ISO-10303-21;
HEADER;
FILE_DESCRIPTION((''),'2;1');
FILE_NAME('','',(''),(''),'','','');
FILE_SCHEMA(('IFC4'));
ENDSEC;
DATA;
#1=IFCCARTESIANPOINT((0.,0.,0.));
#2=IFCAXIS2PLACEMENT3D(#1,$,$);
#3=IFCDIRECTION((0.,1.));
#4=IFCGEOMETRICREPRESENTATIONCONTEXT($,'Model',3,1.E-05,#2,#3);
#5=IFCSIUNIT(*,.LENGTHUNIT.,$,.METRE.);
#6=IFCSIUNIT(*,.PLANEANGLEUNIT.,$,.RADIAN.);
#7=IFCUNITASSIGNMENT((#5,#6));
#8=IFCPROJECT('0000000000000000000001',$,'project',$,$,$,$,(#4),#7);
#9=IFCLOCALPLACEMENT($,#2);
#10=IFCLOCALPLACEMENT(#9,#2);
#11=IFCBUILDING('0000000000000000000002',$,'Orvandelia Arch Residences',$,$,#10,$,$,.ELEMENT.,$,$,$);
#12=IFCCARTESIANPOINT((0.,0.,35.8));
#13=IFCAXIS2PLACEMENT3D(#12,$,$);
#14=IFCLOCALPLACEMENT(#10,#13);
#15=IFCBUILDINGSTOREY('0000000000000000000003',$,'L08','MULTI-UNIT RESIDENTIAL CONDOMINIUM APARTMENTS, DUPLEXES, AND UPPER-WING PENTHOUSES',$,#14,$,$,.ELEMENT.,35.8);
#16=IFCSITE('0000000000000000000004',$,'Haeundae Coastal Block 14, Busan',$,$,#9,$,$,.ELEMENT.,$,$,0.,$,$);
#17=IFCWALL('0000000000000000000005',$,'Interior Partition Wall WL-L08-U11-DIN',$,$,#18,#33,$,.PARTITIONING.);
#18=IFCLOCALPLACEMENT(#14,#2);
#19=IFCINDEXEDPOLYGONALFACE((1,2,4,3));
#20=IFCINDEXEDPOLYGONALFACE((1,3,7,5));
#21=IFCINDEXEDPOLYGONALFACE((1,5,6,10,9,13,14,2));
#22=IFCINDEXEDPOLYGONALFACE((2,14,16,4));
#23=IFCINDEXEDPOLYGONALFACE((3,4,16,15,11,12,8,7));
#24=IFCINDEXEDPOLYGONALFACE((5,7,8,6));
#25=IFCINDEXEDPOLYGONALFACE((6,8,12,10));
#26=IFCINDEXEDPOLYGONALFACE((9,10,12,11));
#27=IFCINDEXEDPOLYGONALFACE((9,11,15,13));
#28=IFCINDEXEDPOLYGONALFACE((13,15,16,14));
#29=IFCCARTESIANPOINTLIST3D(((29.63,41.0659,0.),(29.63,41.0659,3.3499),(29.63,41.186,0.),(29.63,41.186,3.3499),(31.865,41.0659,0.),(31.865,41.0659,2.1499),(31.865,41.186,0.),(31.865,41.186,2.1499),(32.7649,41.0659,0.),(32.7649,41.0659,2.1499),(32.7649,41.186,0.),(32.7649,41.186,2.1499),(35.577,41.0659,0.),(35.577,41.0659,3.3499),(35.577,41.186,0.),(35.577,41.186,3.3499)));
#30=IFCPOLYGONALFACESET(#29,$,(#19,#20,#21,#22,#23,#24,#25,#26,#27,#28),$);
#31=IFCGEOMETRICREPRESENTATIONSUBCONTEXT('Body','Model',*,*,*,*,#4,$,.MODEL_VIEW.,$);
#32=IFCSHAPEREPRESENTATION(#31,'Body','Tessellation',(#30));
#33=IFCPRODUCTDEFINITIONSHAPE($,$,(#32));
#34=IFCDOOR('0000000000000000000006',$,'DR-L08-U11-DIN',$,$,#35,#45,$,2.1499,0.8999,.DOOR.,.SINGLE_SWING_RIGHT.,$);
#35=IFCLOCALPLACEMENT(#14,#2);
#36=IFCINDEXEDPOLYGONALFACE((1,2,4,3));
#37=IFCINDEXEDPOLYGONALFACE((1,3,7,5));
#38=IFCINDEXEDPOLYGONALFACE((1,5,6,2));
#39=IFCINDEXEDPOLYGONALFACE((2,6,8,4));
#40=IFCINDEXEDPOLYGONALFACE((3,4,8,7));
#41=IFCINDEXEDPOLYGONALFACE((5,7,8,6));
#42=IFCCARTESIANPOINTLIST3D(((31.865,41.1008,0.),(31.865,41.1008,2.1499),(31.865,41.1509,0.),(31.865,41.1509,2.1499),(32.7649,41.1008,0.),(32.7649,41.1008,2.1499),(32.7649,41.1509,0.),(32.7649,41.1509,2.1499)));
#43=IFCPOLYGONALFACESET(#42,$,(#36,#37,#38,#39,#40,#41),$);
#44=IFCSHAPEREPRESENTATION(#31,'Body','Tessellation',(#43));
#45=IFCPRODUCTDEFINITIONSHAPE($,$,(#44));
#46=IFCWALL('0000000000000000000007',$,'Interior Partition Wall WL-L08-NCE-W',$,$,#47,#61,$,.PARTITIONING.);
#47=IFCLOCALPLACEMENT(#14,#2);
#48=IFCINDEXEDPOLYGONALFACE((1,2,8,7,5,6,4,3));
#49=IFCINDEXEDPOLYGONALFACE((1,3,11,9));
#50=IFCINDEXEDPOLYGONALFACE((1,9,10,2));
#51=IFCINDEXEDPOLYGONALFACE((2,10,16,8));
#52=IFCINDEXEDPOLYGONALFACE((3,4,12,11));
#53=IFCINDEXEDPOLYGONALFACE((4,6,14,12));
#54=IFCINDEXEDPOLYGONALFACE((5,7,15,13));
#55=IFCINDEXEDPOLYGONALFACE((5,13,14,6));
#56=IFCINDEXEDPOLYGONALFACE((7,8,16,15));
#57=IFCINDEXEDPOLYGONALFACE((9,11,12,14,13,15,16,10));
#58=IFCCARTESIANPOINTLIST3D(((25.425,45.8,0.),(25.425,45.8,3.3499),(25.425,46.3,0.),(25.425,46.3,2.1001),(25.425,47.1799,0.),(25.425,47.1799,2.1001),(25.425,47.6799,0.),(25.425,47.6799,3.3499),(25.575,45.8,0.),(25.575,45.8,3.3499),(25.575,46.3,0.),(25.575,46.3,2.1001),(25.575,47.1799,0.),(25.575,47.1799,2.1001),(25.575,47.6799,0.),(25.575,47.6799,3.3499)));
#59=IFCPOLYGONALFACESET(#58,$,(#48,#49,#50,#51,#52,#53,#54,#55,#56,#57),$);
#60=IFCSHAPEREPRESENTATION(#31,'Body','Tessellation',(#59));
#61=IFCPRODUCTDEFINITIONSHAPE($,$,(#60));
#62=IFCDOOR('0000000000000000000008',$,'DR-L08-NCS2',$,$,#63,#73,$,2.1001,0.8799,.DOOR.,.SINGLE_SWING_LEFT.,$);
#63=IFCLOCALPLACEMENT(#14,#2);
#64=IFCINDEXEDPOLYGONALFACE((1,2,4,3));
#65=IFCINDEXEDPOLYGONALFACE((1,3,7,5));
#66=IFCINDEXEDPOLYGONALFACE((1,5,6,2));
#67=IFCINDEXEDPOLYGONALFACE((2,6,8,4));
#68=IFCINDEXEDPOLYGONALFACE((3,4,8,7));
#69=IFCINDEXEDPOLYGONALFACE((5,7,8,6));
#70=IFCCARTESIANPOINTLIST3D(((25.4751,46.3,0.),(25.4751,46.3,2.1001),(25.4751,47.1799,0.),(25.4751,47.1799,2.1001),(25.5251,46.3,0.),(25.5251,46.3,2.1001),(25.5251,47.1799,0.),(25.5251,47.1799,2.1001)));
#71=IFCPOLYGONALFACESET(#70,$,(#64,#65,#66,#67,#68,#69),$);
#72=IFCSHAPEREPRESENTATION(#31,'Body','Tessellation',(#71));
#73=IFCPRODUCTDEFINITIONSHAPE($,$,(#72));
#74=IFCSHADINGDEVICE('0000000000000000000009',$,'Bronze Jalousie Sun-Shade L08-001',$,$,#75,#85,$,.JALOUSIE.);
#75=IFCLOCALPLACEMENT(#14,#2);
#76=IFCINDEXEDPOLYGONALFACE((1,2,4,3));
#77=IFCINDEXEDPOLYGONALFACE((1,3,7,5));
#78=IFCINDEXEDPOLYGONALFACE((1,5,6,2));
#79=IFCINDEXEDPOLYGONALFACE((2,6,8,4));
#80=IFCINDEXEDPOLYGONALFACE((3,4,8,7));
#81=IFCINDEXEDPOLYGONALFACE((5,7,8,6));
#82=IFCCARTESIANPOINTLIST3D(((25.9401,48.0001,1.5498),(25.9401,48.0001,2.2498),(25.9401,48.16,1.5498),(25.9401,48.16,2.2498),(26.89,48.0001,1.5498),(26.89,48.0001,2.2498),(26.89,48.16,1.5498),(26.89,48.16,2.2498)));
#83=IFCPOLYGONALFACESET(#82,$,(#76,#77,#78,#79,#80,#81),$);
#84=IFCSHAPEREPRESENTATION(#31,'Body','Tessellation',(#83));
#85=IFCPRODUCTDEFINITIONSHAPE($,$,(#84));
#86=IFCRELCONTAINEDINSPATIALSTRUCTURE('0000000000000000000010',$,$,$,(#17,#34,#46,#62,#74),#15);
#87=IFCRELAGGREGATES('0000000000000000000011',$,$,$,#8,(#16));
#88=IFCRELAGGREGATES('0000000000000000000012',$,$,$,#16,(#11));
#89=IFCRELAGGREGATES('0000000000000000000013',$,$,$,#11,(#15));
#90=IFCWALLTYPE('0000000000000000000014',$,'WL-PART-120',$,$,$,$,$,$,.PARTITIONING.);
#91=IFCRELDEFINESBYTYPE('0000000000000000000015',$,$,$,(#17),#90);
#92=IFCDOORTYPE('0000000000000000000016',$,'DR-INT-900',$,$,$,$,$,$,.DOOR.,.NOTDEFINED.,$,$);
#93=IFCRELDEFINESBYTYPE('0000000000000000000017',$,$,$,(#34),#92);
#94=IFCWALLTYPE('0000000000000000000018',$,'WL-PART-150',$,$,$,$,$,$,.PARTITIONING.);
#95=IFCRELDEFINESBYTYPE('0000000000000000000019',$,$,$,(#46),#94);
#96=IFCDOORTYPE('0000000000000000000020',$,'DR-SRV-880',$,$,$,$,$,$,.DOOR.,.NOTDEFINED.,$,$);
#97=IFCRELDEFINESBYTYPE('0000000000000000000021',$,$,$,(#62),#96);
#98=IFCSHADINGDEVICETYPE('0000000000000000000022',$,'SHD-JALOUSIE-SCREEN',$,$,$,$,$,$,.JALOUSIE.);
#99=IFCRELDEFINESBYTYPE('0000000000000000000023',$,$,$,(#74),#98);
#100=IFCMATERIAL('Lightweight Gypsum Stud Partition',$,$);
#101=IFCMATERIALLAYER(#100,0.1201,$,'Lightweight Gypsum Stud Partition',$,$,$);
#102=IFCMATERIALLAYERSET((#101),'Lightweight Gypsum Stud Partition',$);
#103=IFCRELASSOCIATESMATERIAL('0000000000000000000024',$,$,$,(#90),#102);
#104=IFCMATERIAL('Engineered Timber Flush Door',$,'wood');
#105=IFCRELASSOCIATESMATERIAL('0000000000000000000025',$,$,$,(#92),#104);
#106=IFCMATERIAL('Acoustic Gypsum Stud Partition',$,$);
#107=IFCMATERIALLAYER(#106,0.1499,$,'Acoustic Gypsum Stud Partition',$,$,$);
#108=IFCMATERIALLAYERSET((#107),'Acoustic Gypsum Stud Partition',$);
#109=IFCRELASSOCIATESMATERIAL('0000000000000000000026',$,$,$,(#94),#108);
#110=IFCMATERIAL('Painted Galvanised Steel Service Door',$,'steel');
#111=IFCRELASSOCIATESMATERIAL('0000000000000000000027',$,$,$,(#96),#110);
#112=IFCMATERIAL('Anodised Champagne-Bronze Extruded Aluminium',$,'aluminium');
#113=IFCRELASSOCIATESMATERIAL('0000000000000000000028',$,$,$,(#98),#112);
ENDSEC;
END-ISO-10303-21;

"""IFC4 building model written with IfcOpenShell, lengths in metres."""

from ifc_helpers import new_model, si_unit, direction, frame, frame_2d, origin, origin_2d, place, context, subcontext, project, spatial, rectangle, extrude, material, layer, layer_set, type_object, element, fill, save


model = new_model("IFC4")

# Units and contexts
model_context = context("Model", 3, precision=1e-05, world=origin(), true_north=direction((0.0, 1.0)))
body_context = subcontext(model_context, "Body", "Model", "MODEL_VIEW")
ifc_project = project(units=[si_unit("LENGTHUNIT", "METRE"), si_unit("PLANEANGLEUNIT", "RADIAN")], contexts=[model_context])

# Site, building, storey
site_placement = place(None, origin())
site = spatial("IfcSite", under=ifc_project, at=site_placement, Name="Haeundae Coastal Block 14, Busan", CompositionType="ELEMENT", RefElevation=0.0)
building_placement = place(site_placement, origin())
building = spatial("IfcBuilding", under=site, at=building_placement, Name="Orvandelia Arch Residences", CompositionType="ELEMENT")
storey_placement = place(building_placement, frame((0.0, 0.0, 35.8)))
storey = spatial("IfcBuildingStorey", under=building, at=storey_placement, Name="L08", Description="MULTI-UNIT RESIDENTIAL CONDOMINIUM APARTMENTS, DUPLEXES, AND UPPER-WING PENTHOUSES", CompositionType="ELEMENT", Elevation=35.8)

# Walls, openings, doors
ifc_material_1 = material(Name="Lightweight Gypsum Stud Partition")
ifc_layer_1 = layer(ifc_material_1, 0.1201, Name="Lightweight Gypsum Stud Partition")
ifc_layer_set_1 = layer_set([ifc_layer_1], Name="Lightweight Gypsum Stud Partition")
wall_type_1 = type_object("IfcWallType", Name="WL-PART-120", PredefinedType="PARTITIONING", material=ifc_layer_set_1)
wall_1_placement = place(storey_placement, frame((29.6299, 41.126, 0.0), z_axis=(0.0, 0.0, 1.0), x_axis=(1.0, 0.0, 0.0)))
wall_1 = element("IfcWall", 1, at=wall_1_placement, inside=storey, type_object=wall_type_1, Name="Interior Partition Wall WL-L08-U11-DIN", PredefinedType="PARTITIONING", context=body_context, shape_type="SweptSolid", body=[
    extrude(rectangle(XDim=5.947, YDim=0.1201, at=frame_2d((2.9736, 0.0))), origin(), (0.0, 0.0, 1.0), 3.3499),
])
opening_1_placement = place(wall_1_placement, frame((2.2351, 0.0, 0.0)))
opening_1 = element("IfcOpeningElement", 2, at=opening_1_placement, cuts=wall_1, PredefinedType="OPENING", context=body_context, shape_type="SweptSolid", body=[
    extrude(rectangle(XDim=0.8999, YDim=2.1499, at=frame_2d((0.45, 1.075))), frame((0.0, 0.0701, 0.0), z_axis=(0.0, -1.0, 0.0), x_axis=(1.0, 0.0, 0.0)), (0.0, 0.0, 1.0), 0.1401),
])
ifc_material_2 = material(Name="Engineered Timber Flush Door", Category="wood")
door_type_1 = type_object("IfcDoorType", Name="DR-INT-900", OperationType="NOTDEFINED", PredefinedType="DOOR", material=ifc_material_2)
door_1_placement = place(opening_1_placement, origin())
door_1 = element("IfcDoor", 3, at=door_1_placement, inside=storey, type_object=door_type_1, Name="DR-L08-U11-DIN", OperationType="SINGLE_SWING_RIGHT", OverallHeight=2.1499, OverallWidth=0.8999, PredefinedType="DOOR", context=body_context, shape_type="SweptSolid", body=[
    extrude(rectangle(XDim=0.8999, YDim=2.1499, at=frame_2d((0.45, 1.075))), frame((0.0, 0.0249, 0.0), z_axis=(0.0, -1.0, 0.0), x_axis=(1.0, 0.0, 0.0)), (0.0, 0.0, 1.0), 0.05),
])
fill(opening_1, door_1)
ifc_material_3 = material(Name="Acoustic Gypsum Stud Partition")
ifc_layer_2 = layer(ifc_material_3, 0.1499, Name="Acoustic Gypsum Stud Partition")
ifc_layer_set_2 = layer_set([ifc_layer_2], Name="Acoustic Gypsum Stud Partition")
wall_type_2 = type_object("IfcWallType", Name="WL-PART-150", PredefinedType="PARTITIONING", material=ifc_layer_set_2)
wall_2_placement = place(storey_placement, frame((25.5, 45.8, 0.0), z_axis=(0.0, 0.0, 1.0), x_axis=(0.0, 1.0, 0.0)))
wall_2 = element("IfcWall", 4, at=wall_2_placement, inside=storey, type_object=wall_type_2, Name="Interior Partition Wall WL-L08-NCE-W", PredefinedType="PARTITIONING", context=body_context, shape_type="SweptSolid", body=[
    extrude(rectangle(XDim=1.8799, YDim=0.1499, at=frame_2d((0.9399, 0.0))), origin(), (0.0, 0.0, 1.0), 3.3499),
])
opening_2_placement = place(wall_2_placement, frame((0.5, 0.0, 0.0)))
opening_2 = element("IfcOpeningElement", 5, at=opening_2_placement, cuts=wall_2, PredefinedType="OPENING", context=body_context, shape_type="SweptSolid", body=[
    extrude(rectangle(XDim=0.8799, YDim=2.1001, at=frame_2d((0.4399, 1.05))), frame((0.0, 0.085, 0.0), z_axis=(0.0, -1.0, 0.0), x_axis=(1.0, 0.0, 0.0)), (0.0, 0.0, 1.0), 0.1699),
])
ifc_material_4 = material(Name="Painted Galvanised Steel Service Door", Category="steel")
door_type_2 = type_object("IfcDoorType", Name="DR-SRV-880", OperationType="NOTDEFINED", PredefinedType="DOOR", material=ifc_material_4)
door_2_placement = place(opening_2_placement, origin())
door_2 = element("IfcDoor", 6, at=door_2_placement, inside=storey, type_object=door_type_2, Name="DR-L08-NCS2", OperationType="SINGLE_SWING_LEFT", OverallHeight=2.1001, OverallWidth=0.8799, PredefinedType="DOOR", context=body_context, shape_type="SweptSolid", body=[
    extrude(rectangle(XDim=0.8799, YDim=2.1001, at=frame_2d((0.4399, 1.05))), frame((0.0, 0.0249, 0.0), z_axis=(0.0, -1.0, 0.0), x_axis=(1.0, 0.0, 0.0)), (0.0, 0.0, 1.0), 0.05),
])
fill(opening_2, door_2)

# Shading device
ifc_material_5 = material(Name="Anodised Champagne-Bronze Extruded Aluminium", Category="aluminium")
shading_device_type = type_object("IfcShadingDeviceType", Name="SHD-JALOUSIE-SCREEN", PredefinedType="JALOUSIE", material=ifc_material_5)
shading_device_placement = place(storey_placement, frame((26.415, 48.0801, 1.5498), z_axis=(0.0, 0.0, 1.0), x_axis=(1.0, 0.0, 0.0)))
element("IfcShadingDevice", 7, at=shading_device_placement, inside=storey, type_object=shading_device_type, Name="Bronze Jalousie Sun-Shade L08-001", PredefinedType="JALOUSIE", context=body_context, shape_type="SweptSolid", body=[
    extrude(rectangle(XDim=0.95, YDim=0.1599, at=origin_2d()), origin(), (0.0, 0.0, 1.0), 0.7),
])

save(model, "model.ifc")
